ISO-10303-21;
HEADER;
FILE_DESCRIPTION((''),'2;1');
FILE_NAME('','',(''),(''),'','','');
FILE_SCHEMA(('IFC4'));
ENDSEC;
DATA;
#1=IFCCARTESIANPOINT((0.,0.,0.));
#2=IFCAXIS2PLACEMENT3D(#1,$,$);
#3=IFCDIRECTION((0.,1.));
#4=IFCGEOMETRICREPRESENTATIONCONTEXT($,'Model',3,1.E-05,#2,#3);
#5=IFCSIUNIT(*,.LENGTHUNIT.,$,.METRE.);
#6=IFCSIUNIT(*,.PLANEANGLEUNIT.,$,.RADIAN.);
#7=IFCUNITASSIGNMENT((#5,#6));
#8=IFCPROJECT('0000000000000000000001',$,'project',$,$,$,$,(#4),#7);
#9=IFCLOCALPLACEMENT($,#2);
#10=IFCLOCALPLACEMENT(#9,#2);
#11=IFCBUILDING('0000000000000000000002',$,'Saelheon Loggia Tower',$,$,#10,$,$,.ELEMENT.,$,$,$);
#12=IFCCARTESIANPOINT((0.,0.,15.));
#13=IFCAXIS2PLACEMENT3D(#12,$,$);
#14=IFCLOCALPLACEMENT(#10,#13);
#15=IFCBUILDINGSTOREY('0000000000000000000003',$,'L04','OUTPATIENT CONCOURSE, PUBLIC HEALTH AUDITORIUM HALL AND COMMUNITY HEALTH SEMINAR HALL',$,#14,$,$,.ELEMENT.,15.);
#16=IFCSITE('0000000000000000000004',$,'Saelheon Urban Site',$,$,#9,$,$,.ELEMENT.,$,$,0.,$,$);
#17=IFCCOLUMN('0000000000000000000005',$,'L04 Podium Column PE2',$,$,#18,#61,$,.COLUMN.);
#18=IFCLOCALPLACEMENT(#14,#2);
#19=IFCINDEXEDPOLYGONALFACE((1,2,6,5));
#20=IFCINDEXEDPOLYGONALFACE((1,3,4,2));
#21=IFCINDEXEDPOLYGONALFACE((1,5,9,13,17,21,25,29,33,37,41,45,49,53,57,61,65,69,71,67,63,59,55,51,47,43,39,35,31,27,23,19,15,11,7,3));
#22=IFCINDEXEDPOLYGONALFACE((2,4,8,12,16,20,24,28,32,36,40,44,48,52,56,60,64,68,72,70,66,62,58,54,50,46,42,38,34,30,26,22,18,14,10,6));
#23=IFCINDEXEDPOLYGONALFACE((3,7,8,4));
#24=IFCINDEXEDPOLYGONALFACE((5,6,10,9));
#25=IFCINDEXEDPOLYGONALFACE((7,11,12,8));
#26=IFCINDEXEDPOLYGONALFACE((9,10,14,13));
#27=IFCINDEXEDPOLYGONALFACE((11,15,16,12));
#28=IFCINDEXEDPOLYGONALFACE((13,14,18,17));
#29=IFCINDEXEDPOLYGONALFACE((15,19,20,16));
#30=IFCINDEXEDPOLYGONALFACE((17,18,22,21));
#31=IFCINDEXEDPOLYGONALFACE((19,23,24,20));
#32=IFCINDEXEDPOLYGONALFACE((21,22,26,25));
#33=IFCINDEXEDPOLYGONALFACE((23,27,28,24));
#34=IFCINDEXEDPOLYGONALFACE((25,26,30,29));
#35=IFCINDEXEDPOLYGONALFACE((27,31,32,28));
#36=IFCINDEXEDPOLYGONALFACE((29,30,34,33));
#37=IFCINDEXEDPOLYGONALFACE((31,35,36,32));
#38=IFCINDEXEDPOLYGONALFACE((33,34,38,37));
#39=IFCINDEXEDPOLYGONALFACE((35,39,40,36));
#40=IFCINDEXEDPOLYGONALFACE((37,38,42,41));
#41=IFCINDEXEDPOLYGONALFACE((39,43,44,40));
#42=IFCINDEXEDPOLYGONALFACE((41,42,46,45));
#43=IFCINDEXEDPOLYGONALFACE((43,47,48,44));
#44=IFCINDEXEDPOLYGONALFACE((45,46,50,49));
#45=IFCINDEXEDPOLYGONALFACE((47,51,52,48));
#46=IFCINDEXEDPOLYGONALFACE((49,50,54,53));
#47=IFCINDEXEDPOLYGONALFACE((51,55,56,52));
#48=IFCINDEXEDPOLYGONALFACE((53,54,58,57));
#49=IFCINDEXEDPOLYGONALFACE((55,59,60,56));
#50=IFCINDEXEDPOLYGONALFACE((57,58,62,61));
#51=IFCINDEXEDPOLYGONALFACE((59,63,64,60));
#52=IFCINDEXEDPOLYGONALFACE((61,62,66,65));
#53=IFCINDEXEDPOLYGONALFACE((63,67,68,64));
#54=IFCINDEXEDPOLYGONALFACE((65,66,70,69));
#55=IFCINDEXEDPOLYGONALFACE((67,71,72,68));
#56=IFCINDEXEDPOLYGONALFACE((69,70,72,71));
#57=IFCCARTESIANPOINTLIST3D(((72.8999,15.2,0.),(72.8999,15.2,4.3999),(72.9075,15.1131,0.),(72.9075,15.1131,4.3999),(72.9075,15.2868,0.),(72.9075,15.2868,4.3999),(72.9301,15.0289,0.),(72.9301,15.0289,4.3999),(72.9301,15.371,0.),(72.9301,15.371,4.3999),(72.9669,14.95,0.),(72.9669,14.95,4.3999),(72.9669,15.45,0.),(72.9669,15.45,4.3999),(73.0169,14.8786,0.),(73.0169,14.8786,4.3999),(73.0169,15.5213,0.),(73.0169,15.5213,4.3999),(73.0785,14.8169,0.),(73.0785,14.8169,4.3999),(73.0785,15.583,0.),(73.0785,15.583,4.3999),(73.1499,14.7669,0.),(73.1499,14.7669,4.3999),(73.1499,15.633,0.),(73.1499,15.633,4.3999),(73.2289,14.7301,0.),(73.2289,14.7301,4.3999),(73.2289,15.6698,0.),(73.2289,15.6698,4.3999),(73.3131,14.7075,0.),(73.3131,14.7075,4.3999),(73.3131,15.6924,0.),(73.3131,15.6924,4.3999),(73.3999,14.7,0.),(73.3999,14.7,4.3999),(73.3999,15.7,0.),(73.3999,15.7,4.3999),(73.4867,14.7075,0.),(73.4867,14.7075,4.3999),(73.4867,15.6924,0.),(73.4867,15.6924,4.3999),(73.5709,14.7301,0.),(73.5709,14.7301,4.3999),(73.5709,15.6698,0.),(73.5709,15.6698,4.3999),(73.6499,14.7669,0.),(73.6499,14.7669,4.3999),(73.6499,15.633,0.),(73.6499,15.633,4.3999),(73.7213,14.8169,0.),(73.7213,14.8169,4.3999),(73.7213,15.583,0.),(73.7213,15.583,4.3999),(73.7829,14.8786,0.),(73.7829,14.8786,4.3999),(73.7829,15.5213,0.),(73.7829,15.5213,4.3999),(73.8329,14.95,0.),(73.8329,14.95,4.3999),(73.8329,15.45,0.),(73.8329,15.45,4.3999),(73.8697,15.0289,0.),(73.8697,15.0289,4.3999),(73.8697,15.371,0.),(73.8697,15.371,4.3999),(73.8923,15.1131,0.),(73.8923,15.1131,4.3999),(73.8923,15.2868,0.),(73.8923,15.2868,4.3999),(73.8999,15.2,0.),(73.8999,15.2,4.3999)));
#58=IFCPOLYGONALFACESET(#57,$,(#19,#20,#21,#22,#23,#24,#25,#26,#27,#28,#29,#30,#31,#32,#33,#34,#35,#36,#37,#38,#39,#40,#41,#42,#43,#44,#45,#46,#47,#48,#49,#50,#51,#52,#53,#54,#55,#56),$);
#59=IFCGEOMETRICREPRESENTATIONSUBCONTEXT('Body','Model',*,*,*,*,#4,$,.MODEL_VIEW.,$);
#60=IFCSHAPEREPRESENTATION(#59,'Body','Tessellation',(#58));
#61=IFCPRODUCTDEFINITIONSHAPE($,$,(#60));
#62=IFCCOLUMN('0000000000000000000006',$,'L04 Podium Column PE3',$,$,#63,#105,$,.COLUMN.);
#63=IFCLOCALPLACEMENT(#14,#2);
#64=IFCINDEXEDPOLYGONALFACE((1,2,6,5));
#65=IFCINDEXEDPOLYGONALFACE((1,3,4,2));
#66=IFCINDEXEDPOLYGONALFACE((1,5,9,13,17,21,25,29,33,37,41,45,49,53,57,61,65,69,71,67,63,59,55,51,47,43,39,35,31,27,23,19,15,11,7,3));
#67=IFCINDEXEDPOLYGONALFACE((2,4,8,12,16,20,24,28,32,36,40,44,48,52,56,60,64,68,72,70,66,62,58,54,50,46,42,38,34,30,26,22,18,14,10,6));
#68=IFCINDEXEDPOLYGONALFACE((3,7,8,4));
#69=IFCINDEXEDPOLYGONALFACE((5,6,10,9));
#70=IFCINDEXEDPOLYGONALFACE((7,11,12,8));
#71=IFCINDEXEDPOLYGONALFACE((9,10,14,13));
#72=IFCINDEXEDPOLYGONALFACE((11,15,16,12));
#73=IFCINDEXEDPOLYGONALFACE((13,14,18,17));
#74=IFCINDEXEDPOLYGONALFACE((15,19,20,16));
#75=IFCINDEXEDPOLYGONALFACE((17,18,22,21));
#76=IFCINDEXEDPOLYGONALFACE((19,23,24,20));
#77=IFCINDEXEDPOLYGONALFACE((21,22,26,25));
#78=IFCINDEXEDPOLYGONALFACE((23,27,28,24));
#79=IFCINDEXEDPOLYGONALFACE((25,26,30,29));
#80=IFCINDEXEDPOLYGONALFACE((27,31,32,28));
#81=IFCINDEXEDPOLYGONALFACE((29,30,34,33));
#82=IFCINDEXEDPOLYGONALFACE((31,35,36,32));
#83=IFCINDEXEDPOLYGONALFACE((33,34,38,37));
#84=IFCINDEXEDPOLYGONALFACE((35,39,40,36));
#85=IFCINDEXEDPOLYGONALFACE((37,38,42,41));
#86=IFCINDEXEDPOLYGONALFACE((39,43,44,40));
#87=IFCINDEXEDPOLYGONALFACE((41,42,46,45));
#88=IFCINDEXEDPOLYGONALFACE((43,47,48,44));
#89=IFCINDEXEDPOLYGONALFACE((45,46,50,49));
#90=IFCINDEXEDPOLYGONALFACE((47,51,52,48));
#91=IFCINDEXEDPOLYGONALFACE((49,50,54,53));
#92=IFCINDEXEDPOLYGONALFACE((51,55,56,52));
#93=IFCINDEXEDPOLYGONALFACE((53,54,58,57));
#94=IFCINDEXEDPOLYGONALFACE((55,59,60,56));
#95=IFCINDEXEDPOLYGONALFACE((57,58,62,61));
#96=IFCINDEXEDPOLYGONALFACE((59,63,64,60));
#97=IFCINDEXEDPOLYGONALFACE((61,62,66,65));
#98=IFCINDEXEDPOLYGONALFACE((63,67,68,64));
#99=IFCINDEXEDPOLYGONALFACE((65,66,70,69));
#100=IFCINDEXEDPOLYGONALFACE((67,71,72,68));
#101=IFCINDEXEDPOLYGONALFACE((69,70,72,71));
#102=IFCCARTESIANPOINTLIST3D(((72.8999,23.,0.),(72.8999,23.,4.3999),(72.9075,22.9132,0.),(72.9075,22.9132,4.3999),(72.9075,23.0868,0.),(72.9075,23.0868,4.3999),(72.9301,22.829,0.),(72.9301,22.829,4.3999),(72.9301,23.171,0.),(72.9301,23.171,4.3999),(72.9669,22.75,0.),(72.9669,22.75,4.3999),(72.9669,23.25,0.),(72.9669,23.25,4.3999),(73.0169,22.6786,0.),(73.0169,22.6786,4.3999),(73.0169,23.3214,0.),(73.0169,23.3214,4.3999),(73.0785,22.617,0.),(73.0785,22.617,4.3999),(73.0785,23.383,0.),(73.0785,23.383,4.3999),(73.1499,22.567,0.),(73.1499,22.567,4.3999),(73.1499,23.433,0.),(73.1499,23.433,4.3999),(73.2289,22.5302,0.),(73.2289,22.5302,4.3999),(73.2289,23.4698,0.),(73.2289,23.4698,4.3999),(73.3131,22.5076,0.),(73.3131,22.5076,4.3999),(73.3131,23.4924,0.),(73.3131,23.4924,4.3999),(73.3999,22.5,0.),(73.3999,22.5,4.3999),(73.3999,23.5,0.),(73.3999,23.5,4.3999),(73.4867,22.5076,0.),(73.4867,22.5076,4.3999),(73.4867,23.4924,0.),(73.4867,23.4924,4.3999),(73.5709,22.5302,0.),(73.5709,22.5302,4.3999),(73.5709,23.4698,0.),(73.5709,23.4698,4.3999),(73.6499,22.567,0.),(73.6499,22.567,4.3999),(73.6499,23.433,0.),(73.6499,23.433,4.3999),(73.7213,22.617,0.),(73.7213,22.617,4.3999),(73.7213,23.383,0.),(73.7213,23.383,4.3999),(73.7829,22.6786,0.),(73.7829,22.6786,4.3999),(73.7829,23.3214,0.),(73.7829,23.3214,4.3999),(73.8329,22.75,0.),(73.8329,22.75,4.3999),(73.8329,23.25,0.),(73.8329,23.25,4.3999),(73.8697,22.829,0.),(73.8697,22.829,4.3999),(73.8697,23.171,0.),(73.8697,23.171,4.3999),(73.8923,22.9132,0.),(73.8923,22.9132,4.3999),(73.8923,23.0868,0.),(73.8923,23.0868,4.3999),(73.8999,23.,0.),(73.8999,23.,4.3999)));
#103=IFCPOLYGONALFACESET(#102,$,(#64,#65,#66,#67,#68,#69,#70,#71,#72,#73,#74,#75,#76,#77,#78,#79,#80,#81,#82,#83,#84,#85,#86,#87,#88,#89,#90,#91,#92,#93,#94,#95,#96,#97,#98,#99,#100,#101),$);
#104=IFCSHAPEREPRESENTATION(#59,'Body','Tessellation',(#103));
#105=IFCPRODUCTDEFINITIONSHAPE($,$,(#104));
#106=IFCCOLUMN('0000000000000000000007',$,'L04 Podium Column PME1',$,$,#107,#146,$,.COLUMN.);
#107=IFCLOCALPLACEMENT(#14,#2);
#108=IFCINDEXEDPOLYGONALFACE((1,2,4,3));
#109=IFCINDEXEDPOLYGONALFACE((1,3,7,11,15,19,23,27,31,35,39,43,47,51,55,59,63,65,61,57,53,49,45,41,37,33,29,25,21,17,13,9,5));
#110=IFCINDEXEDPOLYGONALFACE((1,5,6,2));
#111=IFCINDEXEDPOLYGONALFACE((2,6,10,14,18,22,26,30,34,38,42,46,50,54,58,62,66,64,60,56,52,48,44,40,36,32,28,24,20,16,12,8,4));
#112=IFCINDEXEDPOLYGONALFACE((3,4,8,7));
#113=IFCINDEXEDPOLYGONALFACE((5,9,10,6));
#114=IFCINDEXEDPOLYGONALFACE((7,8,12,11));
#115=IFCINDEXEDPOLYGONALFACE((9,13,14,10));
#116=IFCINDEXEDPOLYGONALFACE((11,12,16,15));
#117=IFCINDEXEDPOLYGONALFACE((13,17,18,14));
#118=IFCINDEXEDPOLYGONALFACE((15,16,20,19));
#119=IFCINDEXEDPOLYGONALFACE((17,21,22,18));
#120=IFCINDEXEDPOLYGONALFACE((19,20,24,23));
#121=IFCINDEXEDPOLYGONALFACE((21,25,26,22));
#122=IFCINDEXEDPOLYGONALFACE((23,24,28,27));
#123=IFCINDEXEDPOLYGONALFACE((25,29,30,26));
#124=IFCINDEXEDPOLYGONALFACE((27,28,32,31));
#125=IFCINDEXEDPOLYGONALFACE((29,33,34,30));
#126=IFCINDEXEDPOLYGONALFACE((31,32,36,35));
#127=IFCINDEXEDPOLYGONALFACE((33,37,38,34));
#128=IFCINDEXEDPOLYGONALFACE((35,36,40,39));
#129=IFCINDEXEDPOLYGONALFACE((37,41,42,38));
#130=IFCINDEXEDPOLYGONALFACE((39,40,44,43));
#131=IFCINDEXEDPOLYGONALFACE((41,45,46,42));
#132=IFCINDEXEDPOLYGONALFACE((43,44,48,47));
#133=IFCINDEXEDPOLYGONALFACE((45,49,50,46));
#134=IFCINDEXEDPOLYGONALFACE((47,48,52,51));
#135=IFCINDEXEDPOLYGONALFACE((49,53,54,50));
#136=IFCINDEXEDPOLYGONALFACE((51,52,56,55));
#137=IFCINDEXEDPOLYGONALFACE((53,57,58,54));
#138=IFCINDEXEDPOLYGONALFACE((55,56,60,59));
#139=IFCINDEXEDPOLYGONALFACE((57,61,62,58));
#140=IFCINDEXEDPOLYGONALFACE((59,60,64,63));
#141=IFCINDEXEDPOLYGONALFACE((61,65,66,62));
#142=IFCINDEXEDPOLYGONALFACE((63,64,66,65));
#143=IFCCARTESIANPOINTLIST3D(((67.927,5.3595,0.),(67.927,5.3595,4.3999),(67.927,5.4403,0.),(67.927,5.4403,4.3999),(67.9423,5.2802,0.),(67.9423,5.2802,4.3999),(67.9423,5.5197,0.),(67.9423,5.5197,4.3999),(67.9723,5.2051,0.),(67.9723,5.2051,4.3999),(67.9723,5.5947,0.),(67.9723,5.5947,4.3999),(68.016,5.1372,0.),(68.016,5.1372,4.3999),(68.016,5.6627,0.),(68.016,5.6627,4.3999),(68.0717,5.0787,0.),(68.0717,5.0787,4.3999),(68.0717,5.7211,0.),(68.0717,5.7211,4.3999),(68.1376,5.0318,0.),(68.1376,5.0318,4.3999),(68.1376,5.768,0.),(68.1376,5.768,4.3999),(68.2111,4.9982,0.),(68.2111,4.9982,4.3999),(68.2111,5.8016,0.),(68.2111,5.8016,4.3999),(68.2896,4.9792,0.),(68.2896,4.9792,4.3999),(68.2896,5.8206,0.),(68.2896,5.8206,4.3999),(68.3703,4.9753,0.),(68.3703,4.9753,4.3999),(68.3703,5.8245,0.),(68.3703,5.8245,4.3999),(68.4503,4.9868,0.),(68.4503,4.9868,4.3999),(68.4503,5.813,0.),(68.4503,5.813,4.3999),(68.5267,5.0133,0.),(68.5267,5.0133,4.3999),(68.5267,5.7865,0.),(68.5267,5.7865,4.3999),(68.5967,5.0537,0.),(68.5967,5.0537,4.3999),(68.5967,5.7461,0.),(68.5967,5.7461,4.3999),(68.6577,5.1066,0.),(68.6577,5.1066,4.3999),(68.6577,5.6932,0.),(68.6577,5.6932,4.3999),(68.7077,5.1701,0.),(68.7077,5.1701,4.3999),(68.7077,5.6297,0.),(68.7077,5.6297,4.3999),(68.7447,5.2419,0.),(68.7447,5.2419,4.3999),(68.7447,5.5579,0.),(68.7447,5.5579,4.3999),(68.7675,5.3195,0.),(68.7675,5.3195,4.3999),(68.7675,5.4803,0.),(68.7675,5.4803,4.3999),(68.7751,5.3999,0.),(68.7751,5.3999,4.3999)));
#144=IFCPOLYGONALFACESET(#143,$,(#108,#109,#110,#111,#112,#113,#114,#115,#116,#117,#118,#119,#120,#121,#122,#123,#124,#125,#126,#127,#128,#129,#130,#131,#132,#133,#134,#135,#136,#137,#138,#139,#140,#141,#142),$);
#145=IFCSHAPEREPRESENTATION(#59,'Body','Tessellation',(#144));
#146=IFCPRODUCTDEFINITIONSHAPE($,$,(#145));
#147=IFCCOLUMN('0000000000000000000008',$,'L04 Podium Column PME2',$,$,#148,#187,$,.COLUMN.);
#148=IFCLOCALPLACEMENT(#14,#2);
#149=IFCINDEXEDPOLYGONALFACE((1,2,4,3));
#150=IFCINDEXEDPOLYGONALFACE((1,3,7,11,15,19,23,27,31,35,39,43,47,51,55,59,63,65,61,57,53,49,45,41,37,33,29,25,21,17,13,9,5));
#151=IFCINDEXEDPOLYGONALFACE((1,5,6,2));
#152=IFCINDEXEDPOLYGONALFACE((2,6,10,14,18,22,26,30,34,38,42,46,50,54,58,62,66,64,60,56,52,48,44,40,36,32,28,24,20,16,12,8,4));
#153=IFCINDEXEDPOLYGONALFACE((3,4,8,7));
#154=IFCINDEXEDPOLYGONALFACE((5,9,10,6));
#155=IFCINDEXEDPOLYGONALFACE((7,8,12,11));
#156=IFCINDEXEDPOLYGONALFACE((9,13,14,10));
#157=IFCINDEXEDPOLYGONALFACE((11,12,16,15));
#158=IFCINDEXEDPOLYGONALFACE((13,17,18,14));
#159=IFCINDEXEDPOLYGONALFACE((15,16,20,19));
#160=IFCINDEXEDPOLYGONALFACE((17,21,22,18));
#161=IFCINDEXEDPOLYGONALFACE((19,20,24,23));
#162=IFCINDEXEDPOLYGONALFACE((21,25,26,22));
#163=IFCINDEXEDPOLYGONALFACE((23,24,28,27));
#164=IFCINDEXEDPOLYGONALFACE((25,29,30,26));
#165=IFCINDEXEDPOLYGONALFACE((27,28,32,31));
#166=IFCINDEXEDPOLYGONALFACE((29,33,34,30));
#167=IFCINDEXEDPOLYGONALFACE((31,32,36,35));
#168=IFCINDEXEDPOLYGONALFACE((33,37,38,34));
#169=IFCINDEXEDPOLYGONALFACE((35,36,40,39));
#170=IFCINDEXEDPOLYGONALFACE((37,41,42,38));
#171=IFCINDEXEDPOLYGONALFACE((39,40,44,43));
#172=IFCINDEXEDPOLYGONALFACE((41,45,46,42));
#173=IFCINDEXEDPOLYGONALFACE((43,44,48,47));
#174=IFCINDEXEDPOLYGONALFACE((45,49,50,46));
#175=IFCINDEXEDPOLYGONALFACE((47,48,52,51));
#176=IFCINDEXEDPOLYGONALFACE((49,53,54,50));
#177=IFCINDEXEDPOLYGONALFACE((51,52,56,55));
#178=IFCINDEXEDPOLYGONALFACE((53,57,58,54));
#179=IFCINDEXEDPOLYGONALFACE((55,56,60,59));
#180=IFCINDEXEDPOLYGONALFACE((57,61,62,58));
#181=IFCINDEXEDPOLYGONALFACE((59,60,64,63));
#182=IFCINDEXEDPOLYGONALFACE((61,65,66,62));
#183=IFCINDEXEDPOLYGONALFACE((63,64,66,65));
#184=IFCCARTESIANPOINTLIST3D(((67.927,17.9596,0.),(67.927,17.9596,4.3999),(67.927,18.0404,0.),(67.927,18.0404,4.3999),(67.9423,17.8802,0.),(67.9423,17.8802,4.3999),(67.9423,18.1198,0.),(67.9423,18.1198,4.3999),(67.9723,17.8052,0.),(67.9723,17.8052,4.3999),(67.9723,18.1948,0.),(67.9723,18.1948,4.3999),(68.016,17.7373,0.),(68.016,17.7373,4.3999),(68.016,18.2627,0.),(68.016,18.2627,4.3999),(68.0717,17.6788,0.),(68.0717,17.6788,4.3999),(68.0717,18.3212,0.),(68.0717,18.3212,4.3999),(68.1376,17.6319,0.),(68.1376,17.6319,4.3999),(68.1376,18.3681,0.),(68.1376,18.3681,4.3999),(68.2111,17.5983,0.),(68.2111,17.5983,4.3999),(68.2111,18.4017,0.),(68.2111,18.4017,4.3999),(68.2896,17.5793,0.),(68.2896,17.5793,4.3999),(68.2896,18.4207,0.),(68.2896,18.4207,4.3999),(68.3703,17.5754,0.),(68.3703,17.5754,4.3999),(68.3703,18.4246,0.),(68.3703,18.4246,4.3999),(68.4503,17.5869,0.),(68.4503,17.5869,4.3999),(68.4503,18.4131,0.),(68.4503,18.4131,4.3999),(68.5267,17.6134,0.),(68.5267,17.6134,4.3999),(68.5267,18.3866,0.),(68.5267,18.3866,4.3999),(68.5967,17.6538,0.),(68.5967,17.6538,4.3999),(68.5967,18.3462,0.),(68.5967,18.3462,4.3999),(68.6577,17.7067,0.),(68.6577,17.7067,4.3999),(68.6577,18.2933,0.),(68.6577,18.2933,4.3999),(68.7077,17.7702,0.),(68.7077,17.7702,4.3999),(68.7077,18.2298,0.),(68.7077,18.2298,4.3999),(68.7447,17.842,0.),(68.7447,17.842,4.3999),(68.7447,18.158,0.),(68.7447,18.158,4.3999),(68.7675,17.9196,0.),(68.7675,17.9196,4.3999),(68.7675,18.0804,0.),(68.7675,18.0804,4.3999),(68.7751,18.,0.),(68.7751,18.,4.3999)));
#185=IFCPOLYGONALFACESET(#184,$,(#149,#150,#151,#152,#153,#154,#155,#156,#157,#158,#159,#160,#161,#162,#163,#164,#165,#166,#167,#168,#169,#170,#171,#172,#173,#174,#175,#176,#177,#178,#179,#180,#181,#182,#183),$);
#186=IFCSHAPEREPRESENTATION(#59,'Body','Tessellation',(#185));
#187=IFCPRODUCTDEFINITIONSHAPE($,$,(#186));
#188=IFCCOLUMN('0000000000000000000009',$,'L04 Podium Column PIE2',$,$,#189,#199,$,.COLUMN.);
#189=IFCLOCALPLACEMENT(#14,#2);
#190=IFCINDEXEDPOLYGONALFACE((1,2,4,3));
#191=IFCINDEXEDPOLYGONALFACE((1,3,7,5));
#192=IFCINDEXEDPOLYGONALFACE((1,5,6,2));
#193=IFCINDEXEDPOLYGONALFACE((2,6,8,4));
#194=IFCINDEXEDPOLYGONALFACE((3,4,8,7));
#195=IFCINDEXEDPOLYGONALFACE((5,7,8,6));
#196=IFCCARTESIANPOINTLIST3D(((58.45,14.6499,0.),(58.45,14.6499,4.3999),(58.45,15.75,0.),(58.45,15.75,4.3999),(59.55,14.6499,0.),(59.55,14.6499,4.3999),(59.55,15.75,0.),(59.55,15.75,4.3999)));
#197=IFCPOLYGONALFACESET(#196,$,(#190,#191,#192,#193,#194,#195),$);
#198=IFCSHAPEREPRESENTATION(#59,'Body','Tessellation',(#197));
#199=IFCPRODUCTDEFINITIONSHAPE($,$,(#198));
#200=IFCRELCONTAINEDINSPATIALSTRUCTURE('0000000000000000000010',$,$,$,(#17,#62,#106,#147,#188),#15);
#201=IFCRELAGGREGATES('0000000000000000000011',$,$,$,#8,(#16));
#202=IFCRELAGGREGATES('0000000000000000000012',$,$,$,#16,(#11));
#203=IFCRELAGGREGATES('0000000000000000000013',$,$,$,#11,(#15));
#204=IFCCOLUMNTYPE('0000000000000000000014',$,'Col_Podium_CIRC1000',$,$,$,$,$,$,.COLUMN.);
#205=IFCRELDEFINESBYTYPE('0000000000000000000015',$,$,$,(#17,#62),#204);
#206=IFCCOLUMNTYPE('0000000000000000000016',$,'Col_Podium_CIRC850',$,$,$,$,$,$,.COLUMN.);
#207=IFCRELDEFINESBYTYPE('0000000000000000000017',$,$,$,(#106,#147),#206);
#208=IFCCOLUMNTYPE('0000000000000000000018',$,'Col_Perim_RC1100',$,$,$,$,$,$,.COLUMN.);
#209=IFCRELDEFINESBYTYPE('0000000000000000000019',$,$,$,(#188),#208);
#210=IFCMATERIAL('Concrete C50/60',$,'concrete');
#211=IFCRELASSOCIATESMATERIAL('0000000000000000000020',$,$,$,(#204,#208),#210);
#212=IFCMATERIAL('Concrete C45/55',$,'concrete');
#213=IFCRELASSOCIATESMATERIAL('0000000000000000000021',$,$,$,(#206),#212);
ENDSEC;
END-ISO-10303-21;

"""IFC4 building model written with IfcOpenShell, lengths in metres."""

from ifc_helpers import new_model, si_unit, direction, frame, origin, origin_2d, place, context, subcontext, project, spatial, rectangle, circle, extrude, source, transform, mapped, material, material_profile, profile_set, type_object, element, save


model = new_model("IFC4")

# Units and contexts
model_context = context("Model", 3, precision=1e-05, world=origin(), true_north=direction((0.0, 1.0)))
body_context = subcontext(model_context, "Body", "Model", "MODEL_VIEW")
ifc_project = project(units=[si_unit("LENGTHUNIT", "METRE"), si_unit("PLANEANGLEUNIT", "RADIAN")], contexts=[model_context])

# Site, building, storey
site_placement = place(None, origin())
site = spatial("IfcSite", under=ifc_project, at=site_placement, Name="Saelheon Urban Site", CompositionType="ELEMENT", RefElevation=0.0)
building_placement = place(site_placement, origin())
building = spatial("IfcBuilding", under=site, at=building_placement, Name="Saelheon Loggia Tower", CompositionType="ELEMENT")
storey_placement = place(building_placement, frame((0.0, 0.0, 15.0)))
storey = spatial("IfcBuildingStorey", under=building, at=storey_placement, Name="L04", Description="OUTPATIENT CONCOURSE, PUBLIC HEALTH AUDITORIUM HALL AND COMMUNITY HEALTH SEMINAR HALL", CompositionType="ELEMENT", Elevation=15.0)

# Columns
ifc_material_1 = material(Name="Concrete C50/60", Category="concrete")
ifc_material_profile_1 = material_profile(ifc_material_1, circle(Radius=0.5, at=origin_2d()), Name="CIRC-1000")
ifc_profile_set_1 = profile_set([ifc_material_profile_1], Name="Concrete C50/60")
column_type_1 = type_object("IfcColumnType", Name="Col_Podium_CIRC1000", PredefinedType="COLUMN", material=ifc_profile_set_1)
shared_shape_1 = source(origin(), body_context, "Body", "SweptSolid", [
    extrude(circle(Radius=0.5, at=origin_2d()), origin(), (0.0, 0.0, 1.0), 4.3999),
])
for number, where, z_axis, x_axis, name in (
    (1, (73.3999, 15.2, 0.0), (0.0, 0.0, 1.0), (1.0, 0.0, 0.0), "L04 Podium Column PE2"),
    (2, (73.3999, 23.0, 0.0), (0.0, 0.0, 1.0), (1.0, 0.0, 0.0), "L04 Podium Column PE3"),
):
    element("IfcColumn", number, at=place(storey_placement, frame(where, z_axis=z_axis, x_axis=x_axis)), inside=storey, type_object=column_type_1, Name=name, PredefinedType="COLUMN", context=body_context, shape_type="MappedRepresentation", body=[
        mapped(shared_shape_1, transform((0.0, 0.0, 0.0), scale=1.0)),
    ])
ifc_material_2 = material(Name="Concrete C45/55", Category="concrete")
ifc_material_profile_2 = material_profile(ifc_material_2, circle(Radius=0.425, at=origin_2d()), Name="CIRC-850")
ifc_profile_set_2 = profile_set([ifc_material_profile_2], Name="Concrete C45/55")
column_type_2 = type_object("IfcColumnType", Name="Col_Podium_CIRC850", PredefinedType="COLUMN", material=ifc_profile_set_2)
shared_shape_2 = source(origin(), body_context, "Body", "SweptSolid", [
    extrude(circle(Radius=0.425, at=origin_2d()), origin(), (0.0, 0.0, 1.0), 4.3999),
])
for number, where, z_axis, x_axis, name in (
    (3, (68.3501, 5.3999, 0.0), (0.0, 0.0, 1.0), (1.0, 0.0, 0.0), "L04 Podium Column PME1"),
    (4, (68.3501, 18.0, 0.0), (0.0, 0.0, 1.0), (1.0, 0.0, 0.0), "L04 Podium Column PME2"),
):
    element("IfcColumn", number, at=place(storey_placement, frame(where, z_axis=z_axis, x_axis=x_axis)), inside=storey, type_object=column_type_2, Name=name, PredefinedType="COLUMN", context=body_context, shape_type="MappedRepresentation", body=[
        mapped(shared_shape_2, transform((0.0, 0.0, 0.0), scale=1.0)),
    ])
ifc_material_profile_3 = material_profile(ifc_material_1, rectangle(XDim=1.1001, YDim=1.1001, at=origin_2d()), Name="RC-1100x1100")
ifc_profile_set_3 = profile_set([ifc_material_profile_3], Name="Concrete C50/60")
column_type_3 = type_object("IfcColumnType", Name="Col_Perim_RC1100", PredefinedType="COLUMN", material=ifc_profile_set_3)
shared_shape_3 = source(origin(), body_context, "Body", "SweptSolid", [
    extrude(rectangle(XDim=1.1001, YDim=1.1001, at=origin_2d()), origin(), (0.0, 0.0, 1.0), 4.3999),
])
for number, where, z_axis, x_axis, name in (
    (5, (59.0, 15.2, 0.0), (0.0, 0.0, 1.0), (1.0, 0.0, 0.0), "L04 Podium Column PIE2"),
):
    element("IfcColumn", number, at=place(storey_placement, frame(where, z_axis=z_axis, x_axis=x_axis)), inside=storey, type_object=column_type_3, Name=name, PredefinedType="COLUMN", context=body_context, shape_type="MappedRepresentation", body=[
        mapped(shared_shape_3, transform((0.0, 0.0, 0.0), scale=1.0)),
    ])

save(model, "model.ifc")
